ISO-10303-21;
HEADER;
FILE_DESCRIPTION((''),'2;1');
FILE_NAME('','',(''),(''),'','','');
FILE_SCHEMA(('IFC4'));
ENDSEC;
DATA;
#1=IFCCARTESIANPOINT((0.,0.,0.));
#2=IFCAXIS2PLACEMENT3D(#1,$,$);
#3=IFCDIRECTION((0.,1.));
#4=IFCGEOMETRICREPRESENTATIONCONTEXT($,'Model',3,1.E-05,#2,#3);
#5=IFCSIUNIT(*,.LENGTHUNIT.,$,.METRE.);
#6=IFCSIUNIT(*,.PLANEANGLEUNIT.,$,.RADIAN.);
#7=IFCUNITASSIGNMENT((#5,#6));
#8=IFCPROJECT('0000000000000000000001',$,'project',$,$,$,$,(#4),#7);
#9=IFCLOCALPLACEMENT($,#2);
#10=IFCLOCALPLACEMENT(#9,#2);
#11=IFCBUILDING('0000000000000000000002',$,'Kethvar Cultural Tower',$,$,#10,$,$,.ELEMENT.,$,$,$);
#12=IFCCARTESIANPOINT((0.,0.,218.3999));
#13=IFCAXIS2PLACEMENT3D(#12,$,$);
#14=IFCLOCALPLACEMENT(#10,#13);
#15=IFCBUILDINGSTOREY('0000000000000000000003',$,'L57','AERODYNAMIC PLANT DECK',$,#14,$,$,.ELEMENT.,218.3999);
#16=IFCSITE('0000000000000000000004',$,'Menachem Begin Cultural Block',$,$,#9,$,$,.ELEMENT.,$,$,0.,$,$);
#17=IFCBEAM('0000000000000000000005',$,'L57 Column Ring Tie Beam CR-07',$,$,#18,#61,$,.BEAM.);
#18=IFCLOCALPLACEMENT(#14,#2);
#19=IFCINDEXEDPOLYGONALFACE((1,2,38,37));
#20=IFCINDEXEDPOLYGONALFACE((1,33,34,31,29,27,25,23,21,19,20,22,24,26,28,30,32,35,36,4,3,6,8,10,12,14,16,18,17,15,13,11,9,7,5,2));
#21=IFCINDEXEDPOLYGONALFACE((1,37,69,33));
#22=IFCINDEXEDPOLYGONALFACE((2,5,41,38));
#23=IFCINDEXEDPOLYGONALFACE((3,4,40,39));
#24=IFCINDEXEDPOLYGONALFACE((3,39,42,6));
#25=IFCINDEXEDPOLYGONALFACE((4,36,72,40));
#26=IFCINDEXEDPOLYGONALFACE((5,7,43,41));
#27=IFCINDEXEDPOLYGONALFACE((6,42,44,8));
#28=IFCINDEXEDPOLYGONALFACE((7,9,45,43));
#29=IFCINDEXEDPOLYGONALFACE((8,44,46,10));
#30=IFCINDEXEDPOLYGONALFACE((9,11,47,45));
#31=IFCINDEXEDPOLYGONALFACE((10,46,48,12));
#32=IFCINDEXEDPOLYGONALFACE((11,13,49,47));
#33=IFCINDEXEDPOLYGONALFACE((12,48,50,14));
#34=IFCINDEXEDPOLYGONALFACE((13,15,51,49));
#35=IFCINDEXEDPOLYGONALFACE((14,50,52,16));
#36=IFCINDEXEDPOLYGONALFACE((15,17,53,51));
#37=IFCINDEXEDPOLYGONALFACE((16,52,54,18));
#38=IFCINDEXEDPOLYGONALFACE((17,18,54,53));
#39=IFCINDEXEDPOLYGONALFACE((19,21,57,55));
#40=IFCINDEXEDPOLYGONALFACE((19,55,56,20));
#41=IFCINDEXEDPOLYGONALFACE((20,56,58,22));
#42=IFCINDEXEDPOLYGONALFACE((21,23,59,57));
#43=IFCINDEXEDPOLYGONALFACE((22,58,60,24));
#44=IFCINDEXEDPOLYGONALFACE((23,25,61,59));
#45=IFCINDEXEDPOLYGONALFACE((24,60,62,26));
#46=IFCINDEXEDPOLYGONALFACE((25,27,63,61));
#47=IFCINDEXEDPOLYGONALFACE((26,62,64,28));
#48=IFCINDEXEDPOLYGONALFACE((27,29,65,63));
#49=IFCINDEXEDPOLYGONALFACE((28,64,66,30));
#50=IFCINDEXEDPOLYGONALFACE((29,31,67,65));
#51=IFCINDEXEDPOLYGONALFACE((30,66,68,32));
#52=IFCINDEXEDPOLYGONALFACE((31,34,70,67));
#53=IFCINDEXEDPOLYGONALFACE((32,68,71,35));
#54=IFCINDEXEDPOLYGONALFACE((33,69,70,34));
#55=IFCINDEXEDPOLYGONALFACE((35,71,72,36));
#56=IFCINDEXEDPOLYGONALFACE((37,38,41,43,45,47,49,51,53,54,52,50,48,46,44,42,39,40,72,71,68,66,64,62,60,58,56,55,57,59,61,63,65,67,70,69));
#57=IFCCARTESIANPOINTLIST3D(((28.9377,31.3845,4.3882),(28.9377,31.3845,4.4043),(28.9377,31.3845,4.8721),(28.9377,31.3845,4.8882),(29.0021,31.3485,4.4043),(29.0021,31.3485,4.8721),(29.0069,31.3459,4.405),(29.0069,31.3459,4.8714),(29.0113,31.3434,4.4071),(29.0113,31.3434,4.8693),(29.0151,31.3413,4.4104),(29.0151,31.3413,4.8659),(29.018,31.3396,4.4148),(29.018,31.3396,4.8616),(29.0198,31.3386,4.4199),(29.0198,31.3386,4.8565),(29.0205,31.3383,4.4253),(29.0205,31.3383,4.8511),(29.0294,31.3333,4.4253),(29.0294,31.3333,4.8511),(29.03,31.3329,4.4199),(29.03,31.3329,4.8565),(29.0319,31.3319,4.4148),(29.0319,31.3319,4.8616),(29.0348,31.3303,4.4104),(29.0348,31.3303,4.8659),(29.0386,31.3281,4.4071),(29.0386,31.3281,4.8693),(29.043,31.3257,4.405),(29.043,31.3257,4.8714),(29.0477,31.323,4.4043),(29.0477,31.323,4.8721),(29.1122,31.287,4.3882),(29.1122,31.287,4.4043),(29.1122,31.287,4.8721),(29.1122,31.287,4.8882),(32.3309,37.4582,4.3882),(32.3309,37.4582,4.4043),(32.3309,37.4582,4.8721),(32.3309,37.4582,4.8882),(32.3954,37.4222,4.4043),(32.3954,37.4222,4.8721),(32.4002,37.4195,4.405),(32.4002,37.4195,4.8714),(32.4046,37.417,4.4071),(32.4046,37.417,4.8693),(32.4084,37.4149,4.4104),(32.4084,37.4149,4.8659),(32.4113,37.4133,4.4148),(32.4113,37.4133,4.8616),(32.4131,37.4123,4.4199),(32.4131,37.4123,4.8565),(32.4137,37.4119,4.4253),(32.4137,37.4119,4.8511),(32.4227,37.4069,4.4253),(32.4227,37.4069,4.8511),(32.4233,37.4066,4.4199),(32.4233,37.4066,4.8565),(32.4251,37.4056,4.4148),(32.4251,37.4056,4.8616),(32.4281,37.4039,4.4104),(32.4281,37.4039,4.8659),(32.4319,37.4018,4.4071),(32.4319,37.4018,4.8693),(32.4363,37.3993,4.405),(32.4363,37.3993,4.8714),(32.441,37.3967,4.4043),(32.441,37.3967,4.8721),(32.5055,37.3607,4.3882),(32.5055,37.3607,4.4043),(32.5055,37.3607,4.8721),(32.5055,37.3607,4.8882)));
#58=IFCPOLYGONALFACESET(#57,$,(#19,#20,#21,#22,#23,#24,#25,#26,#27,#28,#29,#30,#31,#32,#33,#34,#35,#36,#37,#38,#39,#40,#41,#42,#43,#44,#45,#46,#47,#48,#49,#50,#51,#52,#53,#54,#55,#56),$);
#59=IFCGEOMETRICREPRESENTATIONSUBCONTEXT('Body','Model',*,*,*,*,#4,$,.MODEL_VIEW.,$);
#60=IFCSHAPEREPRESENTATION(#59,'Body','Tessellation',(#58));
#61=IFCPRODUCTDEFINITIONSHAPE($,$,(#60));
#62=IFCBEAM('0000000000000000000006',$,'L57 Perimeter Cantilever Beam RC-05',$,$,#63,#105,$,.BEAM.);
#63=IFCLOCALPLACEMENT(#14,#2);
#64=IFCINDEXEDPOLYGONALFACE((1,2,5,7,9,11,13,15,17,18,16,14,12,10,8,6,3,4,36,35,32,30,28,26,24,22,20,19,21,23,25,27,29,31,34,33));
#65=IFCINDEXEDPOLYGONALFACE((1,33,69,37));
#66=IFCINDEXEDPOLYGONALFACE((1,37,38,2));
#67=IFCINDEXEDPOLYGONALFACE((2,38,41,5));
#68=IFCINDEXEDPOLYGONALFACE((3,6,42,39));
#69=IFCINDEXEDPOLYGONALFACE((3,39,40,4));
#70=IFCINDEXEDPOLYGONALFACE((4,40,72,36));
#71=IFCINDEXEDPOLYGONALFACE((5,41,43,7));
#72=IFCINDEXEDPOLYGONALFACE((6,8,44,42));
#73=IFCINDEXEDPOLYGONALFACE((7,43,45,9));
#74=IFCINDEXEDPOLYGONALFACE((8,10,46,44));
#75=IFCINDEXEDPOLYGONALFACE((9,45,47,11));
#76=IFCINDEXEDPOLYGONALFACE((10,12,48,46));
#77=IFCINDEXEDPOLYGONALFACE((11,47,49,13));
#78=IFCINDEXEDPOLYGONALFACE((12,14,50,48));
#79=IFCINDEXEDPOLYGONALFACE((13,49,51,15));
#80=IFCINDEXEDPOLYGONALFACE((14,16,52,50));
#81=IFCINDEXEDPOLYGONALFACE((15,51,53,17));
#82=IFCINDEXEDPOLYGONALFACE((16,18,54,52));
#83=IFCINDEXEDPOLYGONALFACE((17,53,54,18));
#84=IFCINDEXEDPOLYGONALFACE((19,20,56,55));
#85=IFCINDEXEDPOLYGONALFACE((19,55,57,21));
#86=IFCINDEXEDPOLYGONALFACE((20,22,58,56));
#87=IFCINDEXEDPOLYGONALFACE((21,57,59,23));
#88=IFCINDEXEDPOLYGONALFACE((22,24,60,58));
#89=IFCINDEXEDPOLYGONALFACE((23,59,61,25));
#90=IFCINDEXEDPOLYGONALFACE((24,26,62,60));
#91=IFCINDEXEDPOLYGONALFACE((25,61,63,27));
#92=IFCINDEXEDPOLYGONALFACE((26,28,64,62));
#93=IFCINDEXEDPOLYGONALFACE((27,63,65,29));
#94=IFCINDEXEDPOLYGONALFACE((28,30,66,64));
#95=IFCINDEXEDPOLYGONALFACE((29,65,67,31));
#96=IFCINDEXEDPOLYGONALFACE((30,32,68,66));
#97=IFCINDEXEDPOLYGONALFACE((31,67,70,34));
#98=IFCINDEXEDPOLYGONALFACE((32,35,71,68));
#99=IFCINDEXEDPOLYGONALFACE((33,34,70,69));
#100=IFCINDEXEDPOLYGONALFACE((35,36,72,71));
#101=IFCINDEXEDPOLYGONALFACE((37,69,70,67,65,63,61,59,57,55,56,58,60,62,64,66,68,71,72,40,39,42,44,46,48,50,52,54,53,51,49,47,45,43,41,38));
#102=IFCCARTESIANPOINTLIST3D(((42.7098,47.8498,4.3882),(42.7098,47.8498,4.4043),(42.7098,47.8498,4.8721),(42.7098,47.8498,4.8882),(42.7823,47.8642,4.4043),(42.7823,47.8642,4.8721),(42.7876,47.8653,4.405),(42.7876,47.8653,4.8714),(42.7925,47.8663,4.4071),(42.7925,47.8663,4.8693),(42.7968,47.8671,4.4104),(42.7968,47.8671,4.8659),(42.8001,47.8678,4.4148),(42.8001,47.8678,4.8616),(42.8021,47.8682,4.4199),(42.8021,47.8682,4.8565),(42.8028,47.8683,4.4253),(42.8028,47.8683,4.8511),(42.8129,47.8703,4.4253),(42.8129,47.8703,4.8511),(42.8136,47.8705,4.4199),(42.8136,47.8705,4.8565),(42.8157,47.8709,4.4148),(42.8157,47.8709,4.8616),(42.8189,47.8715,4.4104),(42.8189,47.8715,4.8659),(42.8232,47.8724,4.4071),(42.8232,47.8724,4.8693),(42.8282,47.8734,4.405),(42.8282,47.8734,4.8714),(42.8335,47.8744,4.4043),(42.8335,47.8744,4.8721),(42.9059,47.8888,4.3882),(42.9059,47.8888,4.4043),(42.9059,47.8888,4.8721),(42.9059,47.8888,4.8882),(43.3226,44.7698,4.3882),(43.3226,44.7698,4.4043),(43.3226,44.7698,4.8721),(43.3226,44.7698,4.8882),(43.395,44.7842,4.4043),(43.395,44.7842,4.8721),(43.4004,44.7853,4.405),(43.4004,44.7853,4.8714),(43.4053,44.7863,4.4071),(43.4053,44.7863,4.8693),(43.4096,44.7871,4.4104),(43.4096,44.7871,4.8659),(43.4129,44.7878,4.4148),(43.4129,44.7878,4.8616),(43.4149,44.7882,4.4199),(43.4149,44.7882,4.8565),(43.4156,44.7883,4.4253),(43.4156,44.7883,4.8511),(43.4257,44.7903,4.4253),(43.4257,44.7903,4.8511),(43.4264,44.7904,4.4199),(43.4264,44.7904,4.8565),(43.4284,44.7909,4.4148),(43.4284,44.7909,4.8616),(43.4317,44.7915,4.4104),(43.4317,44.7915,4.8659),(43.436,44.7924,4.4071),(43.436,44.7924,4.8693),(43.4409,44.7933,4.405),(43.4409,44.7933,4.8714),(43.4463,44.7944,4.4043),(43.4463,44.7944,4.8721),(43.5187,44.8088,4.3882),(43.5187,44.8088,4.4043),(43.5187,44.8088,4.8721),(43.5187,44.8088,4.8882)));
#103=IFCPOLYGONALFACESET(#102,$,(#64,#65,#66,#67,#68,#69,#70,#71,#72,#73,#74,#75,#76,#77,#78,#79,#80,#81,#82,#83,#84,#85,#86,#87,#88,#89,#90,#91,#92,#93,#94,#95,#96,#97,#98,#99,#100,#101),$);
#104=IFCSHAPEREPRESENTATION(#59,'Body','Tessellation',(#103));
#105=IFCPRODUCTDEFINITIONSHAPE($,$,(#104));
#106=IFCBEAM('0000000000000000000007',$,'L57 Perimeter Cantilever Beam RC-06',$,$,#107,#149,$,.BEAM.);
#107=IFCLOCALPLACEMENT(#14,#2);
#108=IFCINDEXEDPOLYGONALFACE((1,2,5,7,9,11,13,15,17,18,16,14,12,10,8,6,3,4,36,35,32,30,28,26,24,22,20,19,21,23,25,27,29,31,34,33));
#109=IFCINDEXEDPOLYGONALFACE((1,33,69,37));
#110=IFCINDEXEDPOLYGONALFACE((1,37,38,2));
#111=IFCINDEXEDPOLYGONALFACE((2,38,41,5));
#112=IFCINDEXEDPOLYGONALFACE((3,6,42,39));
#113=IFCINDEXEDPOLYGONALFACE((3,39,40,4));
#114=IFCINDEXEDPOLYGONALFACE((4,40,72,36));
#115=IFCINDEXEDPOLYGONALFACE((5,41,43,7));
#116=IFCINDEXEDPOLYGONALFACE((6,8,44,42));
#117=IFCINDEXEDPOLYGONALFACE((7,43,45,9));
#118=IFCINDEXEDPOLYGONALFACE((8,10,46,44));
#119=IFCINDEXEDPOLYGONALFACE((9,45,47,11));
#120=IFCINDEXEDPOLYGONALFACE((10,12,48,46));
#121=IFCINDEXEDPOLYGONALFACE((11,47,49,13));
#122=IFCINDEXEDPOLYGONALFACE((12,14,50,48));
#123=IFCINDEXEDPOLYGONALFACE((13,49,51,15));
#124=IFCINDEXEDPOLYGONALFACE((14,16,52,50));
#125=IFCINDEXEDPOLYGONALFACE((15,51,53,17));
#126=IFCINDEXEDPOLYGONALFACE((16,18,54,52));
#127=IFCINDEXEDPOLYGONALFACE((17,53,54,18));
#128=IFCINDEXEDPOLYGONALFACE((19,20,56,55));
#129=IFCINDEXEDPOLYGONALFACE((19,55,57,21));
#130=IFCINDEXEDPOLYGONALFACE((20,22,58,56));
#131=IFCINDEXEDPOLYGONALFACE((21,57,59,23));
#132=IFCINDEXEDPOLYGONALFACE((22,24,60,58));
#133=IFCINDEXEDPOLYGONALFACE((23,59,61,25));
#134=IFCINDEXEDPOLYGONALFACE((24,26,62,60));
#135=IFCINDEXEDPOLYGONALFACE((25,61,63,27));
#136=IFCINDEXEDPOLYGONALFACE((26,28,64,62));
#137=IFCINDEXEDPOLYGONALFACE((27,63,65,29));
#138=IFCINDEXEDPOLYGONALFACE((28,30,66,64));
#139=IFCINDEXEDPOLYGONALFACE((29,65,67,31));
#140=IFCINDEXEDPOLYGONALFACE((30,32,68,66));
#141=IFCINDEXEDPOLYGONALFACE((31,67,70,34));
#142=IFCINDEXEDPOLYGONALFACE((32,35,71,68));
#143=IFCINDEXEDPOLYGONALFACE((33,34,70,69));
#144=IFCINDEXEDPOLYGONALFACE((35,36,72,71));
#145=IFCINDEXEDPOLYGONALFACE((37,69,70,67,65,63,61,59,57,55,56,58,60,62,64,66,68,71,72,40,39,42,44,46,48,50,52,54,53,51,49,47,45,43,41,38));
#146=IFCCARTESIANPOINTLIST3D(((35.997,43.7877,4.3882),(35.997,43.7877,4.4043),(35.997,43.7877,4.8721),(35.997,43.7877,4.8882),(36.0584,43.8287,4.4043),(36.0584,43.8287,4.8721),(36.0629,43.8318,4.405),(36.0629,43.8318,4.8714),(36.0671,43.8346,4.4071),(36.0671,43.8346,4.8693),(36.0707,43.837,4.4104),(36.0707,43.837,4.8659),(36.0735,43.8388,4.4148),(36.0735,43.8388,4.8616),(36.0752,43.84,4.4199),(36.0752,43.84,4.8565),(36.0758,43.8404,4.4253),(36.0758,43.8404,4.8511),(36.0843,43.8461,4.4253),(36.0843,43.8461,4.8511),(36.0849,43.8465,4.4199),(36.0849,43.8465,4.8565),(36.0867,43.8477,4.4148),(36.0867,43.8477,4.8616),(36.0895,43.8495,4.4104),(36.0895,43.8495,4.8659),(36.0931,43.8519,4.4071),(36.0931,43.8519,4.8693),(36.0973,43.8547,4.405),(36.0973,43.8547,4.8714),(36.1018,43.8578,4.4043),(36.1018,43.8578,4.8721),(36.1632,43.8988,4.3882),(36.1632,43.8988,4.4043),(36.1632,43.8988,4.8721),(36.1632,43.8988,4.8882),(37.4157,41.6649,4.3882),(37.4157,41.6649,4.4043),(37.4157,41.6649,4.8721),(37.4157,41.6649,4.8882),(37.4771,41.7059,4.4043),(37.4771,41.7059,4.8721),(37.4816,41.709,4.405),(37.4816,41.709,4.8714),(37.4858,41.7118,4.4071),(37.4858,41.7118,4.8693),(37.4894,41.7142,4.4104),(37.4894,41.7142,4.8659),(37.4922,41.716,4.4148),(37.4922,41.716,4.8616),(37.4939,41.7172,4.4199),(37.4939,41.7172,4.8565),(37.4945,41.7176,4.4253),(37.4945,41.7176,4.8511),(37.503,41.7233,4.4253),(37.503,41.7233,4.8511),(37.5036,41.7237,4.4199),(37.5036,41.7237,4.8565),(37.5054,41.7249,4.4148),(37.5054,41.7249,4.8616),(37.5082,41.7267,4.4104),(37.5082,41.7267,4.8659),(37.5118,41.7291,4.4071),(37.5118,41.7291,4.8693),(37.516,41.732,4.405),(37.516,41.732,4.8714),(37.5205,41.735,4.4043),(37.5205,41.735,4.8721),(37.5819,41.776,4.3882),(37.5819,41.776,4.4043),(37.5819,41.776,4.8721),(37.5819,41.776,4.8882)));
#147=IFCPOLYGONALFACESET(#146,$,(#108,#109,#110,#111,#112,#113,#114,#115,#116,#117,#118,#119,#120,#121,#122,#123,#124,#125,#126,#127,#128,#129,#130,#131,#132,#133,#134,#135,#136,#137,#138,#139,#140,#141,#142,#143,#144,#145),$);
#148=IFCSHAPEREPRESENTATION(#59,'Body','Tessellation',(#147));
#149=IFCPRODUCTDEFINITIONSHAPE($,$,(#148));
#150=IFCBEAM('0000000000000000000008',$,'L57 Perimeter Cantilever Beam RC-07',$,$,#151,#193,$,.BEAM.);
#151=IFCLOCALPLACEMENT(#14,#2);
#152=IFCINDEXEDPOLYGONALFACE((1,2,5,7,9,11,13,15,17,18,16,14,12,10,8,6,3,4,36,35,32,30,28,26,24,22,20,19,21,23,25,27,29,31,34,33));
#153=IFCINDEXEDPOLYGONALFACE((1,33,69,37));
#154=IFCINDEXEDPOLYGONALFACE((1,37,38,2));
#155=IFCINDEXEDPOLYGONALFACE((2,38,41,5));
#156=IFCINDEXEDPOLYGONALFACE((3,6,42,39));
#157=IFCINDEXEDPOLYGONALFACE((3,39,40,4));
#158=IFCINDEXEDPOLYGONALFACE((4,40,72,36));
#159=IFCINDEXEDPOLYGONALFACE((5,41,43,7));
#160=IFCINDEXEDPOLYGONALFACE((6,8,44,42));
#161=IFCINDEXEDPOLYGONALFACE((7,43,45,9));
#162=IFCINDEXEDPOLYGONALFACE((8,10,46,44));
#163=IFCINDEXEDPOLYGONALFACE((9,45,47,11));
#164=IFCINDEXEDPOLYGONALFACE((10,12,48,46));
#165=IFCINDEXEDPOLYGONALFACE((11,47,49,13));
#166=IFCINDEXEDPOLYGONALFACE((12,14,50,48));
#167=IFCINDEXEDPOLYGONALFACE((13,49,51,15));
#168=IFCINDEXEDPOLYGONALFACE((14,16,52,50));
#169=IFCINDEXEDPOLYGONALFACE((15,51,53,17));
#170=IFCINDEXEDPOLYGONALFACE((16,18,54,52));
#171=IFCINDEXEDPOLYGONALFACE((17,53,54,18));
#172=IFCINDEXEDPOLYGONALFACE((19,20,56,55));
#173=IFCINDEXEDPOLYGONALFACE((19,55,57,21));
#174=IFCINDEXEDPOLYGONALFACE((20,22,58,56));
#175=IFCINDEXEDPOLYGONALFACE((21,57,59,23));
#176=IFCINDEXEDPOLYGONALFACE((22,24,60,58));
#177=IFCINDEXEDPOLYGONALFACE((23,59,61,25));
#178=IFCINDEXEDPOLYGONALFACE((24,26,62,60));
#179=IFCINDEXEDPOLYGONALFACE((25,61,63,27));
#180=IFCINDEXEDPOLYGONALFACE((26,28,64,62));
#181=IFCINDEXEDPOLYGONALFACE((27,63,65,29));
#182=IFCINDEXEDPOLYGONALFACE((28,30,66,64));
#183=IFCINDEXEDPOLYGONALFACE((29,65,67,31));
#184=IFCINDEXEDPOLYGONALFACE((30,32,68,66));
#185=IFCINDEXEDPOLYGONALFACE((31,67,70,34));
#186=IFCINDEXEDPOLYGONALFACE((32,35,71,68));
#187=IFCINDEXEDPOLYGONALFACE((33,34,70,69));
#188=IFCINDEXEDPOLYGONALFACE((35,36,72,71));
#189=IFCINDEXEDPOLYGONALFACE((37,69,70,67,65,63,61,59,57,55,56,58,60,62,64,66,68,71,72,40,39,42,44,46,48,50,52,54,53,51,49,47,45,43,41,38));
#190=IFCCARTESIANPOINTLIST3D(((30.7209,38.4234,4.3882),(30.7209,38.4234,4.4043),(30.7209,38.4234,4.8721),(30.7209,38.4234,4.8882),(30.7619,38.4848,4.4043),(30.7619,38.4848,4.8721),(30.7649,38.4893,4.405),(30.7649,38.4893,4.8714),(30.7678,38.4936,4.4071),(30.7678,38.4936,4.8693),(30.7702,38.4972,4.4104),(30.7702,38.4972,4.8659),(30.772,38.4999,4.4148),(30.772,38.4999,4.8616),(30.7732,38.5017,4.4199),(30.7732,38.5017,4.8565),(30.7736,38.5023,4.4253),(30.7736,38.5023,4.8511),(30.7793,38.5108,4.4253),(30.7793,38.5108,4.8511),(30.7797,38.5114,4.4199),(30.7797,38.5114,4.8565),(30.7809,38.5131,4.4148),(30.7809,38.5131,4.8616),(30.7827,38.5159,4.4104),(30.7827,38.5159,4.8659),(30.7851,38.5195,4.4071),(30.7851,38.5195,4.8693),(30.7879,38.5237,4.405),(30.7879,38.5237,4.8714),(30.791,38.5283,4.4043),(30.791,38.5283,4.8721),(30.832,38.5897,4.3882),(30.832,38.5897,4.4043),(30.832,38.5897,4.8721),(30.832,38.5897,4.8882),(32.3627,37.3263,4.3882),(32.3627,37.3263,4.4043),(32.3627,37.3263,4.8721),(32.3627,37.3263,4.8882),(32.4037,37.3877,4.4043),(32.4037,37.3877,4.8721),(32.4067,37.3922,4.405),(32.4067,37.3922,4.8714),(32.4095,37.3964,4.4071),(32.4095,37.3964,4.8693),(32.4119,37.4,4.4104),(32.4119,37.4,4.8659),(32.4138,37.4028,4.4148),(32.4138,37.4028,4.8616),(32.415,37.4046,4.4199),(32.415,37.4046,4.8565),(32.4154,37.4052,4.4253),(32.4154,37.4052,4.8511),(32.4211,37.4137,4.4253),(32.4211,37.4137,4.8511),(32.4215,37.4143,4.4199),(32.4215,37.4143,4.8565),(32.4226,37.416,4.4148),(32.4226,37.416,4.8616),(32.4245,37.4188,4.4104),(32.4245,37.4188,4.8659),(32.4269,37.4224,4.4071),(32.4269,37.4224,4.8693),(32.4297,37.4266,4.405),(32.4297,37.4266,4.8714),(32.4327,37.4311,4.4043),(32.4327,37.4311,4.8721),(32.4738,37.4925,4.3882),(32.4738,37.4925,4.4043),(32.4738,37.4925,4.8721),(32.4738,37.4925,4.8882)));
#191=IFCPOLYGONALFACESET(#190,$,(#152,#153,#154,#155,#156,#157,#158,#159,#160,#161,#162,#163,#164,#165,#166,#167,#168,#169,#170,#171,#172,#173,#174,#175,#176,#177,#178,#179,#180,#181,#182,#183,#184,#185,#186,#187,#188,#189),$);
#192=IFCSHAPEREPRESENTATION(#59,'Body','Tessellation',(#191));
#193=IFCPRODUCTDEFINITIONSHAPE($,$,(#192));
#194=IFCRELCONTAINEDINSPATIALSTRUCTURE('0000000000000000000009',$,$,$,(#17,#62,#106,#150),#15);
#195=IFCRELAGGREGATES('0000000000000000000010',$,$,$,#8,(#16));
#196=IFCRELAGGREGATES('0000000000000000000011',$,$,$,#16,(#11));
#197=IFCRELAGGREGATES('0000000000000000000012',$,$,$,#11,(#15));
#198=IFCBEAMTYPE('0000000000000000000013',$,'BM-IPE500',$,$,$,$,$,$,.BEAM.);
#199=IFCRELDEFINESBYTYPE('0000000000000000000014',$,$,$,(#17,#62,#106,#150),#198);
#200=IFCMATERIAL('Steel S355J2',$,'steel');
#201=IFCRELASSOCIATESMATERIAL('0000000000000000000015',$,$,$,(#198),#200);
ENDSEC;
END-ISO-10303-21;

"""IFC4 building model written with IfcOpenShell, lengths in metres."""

from ifc_helpers import new_model, si_unit, direction, frame, origin, origin_2d, place, context, subcontext, project, spatial, i_section, extrude, source, transform, mapped, material, material_profile, profile_set, type_object, element, save


model = new_model("IFC4")

# Units and contexts
model_context = context("Model", 3, precision=1e-05, world=origin(), true_north=direction((0.0, 1.0)))
body_context = subcontext(model_context, "Body", "Model", "MODEL_VIEW")
ifc_project = project(units=[si_unit("LENGTHUNIT", "METRE"), si_unit("PLANEANGLEUNIT", "RADIAN")], contexts=[model_context])

# Site, building, storey
site_placement = place(None, origin())
site = spatial("IfcSite", under=ifc_project, at=site_placement, Name="Menachem Begin Cultural Block", CompositionType="ELEMENT", RefElevation=0.0)
building_placement = place(site_placement, origin())
building = spatial("IfcBuilding", under=site, at=building_placement, Name="Kethvar Cultural Tower", CompositionType="ELEMENT")
storey_placement = place(building_placement, frame((0.0, 0.0, 218.3999)))
storey = spatial("IfcBuildingStorey", under=building, at=storey_placement, Name="L57", Description="AERODYNAMIC PLANT DECK", CompositionType="ELEMENT", Elevation=218.3999)

# Beams
ifc_material_1 = material(Name="Steel S355J2", Category="steel")
ifc_material_profile_1 = material_profile(ifc_material_1, i_section(OverallWidth=0.2, OverallDepth=0.5, WebThickness=0.0103, FlangeThickness=0.0161, FilletRadius=0.021, at=origin_2d()), Name="Steel S355J2 — IPE500")
ifc_profile_set_1 = profile_set([ifc_material_profile_1], Name="Steel S355J2 — IPE500")
beam_type_1 = type_object("IfcBeamType", Name="BM-IPE500", PredefinedType="BEAM", material=ifc_profile_set_1)
shared_shape_1 = source(origin(), body_context, "Body", "SweptSolid", [
    extrude(i_section(OverallWidth=0.2, OverallDepth=0.5, WebThickness=0.0103, FlangeThickness=0.0161, FilletRadius=0.021, at=origin_2d()), origin(), (0.0, 0.0, 1.0), 6.9573),
])
beam_1_placement = place(storey_placement, frame((32.4182, 37.4094, 4.6382), z_axis=(-0.48773, -0.872994, 0.0), x_axis=(0.872994, -0.48773, 0.0)))
element("IfcBeam", 1, at=beam_1_placement, inside=storey, type_object=beam_type_1, Name="L57 Column Ring Tie Beam CR-07", PredefinedType="BEAM", context=body_context, shape_type="MappedRepresentation", body=[
    mapped(shared_shape_1, transform((0.0, 0.0, 0.0), scale=1.0)),
])
shared_shape_2 = source(origin(), body_context, "Body", "SweptSolid", [
    extrude(i_section(OverallWidth=0.2, OverallDepth=0.5, WebThickness=0.0103, FlangeThickness=0.0161, FilletRadius=0.021, at=origin_2d()), origin(), (0.0, 0.0, 1.0), 3.1404),
])
beam_2_placement = place(storey_placement, frame((43.4207, 44.7893, 4.6382), z_axis=(-0.195129, 0.980778, 0.0), x_axis=(-0.980778, -0.195129, 0.0)))
element("IfcBeam", 2, at=beam_2_placement, inside=storey, type_object=beam_type_1, Name="L57 Perimeter Cantilever Beam RC-05", PredefinedType="BEAM", context=body_context, shape_type="MappedRepresentation", body=[
    mapped(shared_shape_2, transform((0.0, 0.0, 0.0), scale=1.0)),
])
shared_shape_3 = source(origin(), body_context, "Body", "SweptSolid", [
    extrude(i_section(OverallWidth=0.2, OverallDepth=0.5, WebThickness=0.0103, FlangeThickness=0.0161, FilletRadius=0.021, at=origin_2d()), origin(), (0.0, 0.0, 1.0), 2.5532),
])
beam_3_placement = place(storey_placement, frame((37.4988, 41.7205, 4.6382), z_axis=(-0.555649, 0.831417, 0.0), x_axis=(-0.831417, -0.555649, 0.0)))
element("IfcBeam", 3, at=beam_3_placement, inside=storey, type_object=beam_type_1, Name="L57 Perimeter Cantilever Beam RC-06", PredefinedType="BEAM", context=body_context, shape_type="MappedRepresentation", body=[
    mapped(shared_shape_3, transform((0.0, 0.0, 0.0), scale=1.0)),
])
shared_shape_4 = source(origin(), body_context, "Body", "SweptSolid", [
    extrude(i_section(OverallWidth=0.2, OverallDepth=0.5, WebThickness=0.0103, FlangeThickness=0.0161, FilletRadius=0.021, at=origin_2d()), origin(), (0.0, 0.0, 1.0), 1.9746),
])
beam_4_placement = place(storey_placement, frame((32.4182, 37.4094, 4.6382), z_axis=(-0.831441, 0.555613, 0.0), x_axis=(-0.555613, -0.831441, 0.0)))
element("IfcBeam", 4, at=beam_4_placement, inside=storey, type_object=beam_type_1, Name="L57 Perimeter Cantilever Beam RC-07", PredefinedType="BEAM", context=body_context, shape_type="MappedRepresentation", body=[
    mapped(shared_shape_4, transform((0.0, 0.0, 0.0), scale=1.0)),
])

save(model, "model.ifc")
